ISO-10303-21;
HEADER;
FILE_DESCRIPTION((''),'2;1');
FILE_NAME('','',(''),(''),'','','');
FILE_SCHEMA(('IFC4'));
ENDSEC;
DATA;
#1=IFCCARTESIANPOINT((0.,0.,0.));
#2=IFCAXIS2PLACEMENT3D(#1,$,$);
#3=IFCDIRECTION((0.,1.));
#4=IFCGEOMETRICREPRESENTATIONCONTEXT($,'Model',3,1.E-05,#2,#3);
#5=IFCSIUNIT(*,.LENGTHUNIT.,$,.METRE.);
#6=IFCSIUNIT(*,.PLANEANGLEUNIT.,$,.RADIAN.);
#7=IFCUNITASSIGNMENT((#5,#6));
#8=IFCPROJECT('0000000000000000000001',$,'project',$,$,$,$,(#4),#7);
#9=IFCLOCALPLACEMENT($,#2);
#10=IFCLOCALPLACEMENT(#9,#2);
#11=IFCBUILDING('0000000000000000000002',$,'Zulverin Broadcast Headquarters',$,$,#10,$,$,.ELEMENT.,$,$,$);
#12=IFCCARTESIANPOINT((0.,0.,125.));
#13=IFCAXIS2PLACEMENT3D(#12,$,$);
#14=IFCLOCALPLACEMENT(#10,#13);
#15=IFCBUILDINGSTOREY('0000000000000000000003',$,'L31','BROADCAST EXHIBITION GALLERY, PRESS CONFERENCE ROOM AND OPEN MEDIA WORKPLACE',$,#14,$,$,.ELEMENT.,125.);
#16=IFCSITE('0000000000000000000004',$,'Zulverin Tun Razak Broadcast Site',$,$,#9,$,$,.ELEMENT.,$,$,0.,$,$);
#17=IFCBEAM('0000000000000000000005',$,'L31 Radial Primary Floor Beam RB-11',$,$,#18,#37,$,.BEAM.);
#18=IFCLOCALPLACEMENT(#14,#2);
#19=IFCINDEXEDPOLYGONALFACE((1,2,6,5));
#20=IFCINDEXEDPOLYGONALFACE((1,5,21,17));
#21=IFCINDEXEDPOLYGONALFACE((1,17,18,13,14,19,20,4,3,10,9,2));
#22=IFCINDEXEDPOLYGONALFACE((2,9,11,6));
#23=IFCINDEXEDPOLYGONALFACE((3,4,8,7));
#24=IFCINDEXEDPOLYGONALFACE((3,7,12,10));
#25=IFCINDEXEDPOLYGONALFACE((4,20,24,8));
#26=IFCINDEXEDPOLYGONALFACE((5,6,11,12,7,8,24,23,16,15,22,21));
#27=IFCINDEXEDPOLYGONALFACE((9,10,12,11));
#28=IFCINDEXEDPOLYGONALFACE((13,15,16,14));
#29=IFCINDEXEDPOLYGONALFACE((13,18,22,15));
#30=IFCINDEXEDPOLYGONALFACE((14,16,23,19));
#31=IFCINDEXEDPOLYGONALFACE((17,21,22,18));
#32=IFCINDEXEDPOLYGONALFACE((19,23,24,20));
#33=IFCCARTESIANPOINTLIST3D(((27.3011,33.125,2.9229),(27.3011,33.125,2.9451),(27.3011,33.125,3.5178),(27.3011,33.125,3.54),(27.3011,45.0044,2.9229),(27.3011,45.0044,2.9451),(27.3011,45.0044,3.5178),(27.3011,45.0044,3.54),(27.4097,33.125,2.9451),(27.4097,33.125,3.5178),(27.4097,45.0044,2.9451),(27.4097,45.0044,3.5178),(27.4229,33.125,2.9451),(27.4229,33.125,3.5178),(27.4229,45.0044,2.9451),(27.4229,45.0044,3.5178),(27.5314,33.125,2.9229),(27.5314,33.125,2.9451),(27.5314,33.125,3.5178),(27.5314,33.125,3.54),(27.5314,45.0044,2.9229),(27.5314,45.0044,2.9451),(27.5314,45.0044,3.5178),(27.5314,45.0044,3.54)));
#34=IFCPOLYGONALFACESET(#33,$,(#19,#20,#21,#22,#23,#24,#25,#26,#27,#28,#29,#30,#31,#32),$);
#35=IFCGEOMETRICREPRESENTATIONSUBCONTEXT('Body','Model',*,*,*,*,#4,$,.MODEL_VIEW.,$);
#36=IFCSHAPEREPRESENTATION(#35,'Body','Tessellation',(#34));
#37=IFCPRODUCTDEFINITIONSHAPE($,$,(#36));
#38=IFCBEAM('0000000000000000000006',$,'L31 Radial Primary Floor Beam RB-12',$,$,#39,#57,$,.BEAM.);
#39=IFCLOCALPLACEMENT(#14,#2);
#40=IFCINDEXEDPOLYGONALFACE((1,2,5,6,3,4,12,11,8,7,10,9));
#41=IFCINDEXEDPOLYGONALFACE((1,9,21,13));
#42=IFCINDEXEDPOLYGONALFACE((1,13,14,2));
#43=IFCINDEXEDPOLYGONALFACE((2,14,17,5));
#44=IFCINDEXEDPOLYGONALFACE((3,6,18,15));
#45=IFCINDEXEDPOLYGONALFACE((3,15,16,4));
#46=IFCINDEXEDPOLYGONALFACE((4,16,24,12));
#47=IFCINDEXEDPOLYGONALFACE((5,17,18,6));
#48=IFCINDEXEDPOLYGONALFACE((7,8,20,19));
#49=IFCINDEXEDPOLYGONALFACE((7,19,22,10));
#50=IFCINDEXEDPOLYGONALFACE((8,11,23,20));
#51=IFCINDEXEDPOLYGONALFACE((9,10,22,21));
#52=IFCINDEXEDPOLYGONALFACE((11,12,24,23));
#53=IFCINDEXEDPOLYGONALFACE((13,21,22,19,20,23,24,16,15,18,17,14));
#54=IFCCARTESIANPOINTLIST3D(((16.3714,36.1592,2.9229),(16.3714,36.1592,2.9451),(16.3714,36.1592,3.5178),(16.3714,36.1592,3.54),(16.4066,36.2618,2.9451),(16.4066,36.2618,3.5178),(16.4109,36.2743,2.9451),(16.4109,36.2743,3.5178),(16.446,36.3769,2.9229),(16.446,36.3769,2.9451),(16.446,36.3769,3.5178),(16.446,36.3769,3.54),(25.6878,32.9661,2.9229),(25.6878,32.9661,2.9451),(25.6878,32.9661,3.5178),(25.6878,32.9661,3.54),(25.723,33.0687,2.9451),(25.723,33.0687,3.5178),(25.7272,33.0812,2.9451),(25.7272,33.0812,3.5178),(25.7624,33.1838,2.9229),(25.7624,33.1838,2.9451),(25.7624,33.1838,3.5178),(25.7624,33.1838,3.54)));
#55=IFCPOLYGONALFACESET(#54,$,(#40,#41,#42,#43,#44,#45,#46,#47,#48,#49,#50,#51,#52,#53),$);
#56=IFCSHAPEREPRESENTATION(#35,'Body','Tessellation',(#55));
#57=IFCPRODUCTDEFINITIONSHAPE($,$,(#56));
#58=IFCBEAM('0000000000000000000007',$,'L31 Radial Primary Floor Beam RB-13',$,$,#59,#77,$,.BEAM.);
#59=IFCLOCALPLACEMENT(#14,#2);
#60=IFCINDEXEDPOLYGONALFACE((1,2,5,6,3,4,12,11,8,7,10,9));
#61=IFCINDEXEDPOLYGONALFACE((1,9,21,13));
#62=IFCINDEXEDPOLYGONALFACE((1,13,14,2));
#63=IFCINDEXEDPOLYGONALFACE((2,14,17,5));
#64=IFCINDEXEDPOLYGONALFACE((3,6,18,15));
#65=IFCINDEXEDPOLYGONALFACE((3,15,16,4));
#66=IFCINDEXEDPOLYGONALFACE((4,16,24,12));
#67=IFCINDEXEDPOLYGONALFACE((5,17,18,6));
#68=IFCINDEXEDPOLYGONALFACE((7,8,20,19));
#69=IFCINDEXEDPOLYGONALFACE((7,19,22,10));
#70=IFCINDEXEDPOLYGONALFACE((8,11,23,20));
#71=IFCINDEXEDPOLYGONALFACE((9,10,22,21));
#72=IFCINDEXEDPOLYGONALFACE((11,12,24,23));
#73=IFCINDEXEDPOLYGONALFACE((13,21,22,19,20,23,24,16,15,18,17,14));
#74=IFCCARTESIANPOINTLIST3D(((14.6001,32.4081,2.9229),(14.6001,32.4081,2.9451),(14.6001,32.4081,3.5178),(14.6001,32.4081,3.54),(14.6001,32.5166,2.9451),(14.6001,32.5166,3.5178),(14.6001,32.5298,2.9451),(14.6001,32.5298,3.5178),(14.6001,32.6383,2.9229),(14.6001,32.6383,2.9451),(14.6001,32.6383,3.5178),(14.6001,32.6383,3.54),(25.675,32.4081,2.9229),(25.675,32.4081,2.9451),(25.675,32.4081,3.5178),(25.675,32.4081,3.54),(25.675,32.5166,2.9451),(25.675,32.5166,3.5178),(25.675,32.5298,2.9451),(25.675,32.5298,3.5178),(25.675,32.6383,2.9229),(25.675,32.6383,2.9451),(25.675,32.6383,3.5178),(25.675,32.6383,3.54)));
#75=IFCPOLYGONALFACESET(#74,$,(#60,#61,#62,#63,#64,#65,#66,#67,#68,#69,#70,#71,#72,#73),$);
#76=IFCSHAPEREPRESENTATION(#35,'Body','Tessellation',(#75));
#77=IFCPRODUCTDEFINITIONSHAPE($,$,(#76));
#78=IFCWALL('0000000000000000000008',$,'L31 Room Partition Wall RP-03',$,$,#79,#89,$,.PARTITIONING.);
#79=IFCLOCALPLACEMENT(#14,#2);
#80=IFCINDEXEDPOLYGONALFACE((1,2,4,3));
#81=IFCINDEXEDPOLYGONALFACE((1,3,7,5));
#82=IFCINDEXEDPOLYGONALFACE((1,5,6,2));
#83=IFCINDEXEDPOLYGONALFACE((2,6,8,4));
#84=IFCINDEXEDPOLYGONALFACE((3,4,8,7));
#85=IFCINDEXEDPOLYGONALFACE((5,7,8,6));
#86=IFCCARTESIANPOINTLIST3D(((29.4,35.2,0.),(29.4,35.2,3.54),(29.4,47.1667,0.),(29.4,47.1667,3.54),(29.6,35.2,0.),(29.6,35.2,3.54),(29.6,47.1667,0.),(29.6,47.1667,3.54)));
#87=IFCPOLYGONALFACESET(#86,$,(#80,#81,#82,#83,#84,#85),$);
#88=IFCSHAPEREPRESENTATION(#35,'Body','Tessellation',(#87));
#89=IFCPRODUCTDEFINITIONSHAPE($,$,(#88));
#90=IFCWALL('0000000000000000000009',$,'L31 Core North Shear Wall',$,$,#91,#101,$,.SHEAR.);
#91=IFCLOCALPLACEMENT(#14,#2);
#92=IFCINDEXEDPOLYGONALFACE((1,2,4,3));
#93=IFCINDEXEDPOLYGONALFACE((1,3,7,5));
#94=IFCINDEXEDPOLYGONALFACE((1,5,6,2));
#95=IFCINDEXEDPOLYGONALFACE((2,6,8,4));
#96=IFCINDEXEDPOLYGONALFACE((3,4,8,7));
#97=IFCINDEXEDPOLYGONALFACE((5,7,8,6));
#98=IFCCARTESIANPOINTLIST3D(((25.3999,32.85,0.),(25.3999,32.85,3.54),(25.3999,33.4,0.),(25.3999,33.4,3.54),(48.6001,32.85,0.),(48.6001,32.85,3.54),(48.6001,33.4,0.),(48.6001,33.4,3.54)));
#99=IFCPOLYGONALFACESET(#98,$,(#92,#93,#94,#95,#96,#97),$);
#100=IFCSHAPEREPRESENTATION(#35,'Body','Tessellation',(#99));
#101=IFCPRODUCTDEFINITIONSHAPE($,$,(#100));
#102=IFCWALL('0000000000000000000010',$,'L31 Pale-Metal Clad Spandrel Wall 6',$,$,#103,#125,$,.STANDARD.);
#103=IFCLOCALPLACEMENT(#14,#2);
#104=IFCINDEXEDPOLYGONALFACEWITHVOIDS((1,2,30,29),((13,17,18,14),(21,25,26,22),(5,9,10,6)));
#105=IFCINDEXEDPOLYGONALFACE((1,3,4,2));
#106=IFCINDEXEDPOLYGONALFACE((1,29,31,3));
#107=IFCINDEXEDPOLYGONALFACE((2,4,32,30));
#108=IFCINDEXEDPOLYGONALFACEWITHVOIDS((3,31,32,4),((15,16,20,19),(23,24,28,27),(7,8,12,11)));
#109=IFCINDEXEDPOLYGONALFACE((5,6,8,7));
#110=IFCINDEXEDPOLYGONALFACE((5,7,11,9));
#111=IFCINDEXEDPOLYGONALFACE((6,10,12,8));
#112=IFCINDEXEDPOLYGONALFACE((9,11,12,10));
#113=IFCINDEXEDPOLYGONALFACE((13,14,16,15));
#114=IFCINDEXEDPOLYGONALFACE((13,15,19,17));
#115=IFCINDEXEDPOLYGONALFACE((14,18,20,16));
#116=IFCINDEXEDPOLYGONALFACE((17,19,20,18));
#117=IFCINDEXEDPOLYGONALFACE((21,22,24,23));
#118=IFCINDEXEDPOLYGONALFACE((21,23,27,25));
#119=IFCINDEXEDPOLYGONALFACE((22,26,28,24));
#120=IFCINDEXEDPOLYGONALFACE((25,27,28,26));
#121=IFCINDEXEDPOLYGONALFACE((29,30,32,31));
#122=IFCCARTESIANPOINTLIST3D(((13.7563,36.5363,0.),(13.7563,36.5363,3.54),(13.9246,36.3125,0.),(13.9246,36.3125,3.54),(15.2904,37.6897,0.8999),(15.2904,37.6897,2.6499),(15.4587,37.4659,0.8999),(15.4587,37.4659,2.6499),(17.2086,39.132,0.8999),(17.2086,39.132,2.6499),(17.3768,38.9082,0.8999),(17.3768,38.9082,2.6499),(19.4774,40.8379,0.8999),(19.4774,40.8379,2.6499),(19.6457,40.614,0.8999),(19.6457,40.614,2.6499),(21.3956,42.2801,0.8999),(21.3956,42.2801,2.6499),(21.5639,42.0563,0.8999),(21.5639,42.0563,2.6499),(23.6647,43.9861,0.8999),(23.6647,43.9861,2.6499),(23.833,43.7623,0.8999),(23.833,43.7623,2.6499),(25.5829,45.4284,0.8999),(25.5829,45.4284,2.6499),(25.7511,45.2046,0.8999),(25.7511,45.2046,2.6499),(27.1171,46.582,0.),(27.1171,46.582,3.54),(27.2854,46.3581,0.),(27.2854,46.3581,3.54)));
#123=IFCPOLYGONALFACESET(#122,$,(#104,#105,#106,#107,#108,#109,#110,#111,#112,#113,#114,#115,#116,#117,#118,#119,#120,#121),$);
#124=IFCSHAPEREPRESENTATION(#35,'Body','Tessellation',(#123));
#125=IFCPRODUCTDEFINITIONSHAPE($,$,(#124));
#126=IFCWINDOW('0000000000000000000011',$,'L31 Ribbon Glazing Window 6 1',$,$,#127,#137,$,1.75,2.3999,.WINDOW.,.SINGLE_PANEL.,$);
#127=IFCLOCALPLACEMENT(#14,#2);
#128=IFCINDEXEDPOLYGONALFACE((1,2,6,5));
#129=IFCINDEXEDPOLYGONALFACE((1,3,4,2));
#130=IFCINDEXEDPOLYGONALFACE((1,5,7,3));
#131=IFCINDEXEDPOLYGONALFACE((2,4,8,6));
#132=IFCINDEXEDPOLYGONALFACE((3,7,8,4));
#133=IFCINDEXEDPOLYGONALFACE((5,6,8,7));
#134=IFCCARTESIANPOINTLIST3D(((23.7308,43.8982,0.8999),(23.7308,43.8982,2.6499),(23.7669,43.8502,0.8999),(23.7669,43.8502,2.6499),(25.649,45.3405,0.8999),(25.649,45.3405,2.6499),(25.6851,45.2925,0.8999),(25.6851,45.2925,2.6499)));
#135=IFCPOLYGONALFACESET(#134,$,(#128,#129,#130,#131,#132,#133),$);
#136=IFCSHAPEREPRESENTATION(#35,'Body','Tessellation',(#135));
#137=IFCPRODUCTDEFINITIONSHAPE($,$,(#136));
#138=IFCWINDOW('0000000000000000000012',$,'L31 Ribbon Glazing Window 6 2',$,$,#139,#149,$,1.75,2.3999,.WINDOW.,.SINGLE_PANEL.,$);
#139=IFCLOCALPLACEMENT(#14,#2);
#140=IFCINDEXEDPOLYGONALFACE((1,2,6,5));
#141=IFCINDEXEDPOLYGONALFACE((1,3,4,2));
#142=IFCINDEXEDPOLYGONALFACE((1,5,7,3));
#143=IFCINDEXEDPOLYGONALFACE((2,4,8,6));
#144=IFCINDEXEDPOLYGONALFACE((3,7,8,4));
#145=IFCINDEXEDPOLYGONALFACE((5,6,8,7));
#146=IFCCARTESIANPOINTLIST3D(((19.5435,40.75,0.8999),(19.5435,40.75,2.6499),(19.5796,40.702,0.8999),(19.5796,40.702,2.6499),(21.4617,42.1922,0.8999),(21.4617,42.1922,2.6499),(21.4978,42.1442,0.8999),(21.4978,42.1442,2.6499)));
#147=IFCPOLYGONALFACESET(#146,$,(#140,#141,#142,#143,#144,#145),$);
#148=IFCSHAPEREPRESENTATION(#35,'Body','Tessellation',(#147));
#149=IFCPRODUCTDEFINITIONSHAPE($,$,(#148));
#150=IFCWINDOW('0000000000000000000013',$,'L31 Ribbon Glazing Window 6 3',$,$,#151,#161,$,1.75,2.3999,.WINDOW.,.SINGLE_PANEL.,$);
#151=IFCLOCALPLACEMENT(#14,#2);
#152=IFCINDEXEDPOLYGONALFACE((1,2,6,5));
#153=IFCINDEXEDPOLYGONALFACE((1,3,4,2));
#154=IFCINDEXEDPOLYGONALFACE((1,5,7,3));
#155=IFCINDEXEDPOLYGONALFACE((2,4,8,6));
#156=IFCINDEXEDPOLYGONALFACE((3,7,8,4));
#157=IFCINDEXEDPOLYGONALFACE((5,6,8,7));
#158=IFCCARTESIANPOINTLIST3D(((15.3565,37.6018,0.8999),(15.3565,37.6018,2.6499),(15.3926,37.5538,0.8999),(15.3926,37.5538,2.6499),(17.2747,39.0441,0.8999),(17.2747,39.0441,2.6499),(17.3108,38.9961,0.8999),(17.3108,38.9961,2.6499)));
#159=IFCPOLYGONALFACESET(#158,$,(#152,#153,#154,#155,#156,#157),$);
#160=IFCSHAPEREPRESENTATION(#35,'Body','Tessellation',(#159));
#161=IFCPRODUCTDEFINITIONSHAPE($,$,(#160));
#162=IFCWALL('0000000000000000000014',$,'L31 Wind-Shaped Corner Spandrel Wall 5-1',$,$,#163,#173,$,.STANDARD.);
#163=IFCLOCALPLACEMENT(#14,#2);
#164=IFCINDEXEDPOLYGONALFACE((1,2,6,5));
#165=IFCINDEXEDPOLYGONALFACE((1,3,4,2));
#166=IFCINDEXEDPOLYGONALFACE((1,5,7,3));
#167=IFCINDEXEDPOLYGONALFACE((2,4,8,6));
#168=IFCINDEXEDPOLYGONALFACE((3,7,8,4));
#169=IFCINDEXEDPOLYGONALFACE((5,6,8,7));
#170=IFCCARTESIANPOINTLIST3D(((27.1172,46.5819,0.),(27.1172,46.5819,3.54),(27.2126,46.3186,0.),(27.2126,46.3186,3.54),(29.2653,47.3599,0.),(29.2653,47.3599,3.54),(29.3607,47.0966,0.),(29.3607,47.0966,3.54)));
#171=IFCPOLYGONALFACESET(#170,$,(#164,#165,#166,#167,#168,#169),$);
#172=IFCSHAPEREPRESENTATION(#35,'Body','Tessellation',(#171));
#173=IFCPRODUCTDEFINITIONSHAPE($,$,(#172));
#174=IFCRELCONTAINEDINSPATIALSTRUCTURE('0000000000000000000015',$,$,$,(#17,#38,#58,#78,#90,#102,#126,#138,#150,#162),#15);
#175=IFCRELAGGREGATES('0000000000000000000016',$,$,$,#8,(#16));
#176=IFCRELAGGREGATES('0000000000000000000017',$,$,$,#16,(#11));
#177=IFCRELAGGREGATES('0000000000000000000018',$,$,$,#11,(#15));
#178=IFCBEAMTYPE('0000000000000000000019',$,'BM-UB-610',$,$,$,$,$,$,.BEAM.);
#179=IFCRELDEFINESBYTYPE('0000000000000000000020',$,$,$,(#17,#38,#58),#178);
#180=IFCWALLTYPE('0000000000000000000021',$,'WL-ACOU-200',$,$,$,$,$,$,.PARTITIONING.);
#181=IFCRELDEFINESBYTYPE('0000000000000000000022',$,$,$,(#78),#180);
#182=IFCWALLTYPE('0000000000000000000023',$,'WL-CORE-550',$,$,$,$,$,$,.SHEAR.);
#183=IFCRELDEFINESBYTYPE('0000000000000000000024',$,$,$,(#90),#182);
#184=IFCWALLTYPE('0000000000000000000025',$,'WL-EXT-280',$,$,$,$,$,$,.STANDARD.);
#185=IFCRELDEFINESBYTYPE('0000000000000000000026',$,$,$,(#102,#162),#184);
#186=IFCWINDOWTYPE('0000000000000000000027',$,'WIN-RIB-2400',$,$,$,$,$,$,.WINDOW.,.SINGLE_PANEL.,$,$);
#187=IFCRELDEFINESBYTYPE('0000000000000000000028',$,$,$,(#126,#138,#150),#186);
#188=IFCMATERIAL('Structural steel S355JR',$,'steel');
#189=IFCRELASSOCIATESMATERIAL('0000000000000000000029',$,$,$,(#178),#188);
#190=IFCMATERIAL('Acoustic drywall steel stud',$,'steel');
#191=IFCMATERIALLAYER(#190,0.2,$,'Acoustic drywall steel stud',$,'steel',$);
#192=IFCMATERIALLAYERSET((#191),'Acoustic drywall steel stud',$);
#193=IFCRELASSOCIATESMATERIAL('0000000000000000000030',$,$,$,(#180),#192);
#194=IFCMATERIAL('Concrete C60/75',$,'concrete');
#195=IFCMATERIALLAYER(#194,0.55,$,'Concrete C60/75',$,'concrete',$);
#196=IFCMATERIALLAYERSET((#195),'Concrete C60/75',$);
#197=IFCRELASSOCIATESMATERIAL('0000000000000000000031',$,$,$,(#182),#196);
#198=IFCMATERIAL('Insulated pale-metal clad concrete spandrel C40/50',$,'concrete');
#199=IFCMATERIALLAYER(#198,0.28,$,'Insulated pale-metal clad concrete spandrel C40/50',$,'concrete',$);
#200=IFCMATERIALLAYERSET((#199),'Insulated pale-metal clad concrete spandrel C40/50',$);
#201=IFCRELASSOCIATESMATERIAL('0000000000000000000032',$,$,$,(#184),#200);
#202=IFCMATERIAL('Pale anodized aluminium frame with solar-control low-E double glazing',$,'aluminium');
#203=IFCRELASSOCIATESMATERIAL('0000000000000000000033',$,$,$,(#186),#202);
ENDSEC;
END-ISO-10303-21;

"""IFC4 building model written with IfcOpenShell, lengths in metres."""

from ifc_helpers import new_model, si_unit, direction, frame, frame_2d, origin, origin_2d, place, context, subcontext, project, spatial, rectangle, i_section, extrude, material, layer, layer_set, material_profile, profile_set, type_object, element, fill, save


model = new_model("IFC4")

# Units and contexts
model_context = context("Model", 3, precision=1e-05, world=origin(), true_north=direction((0.0, 1.0)))
body_context = subcontext(model_context, "Body", "Model", "MODEL_VIEW")
ifc_project = project(units=[si_unit("LENGTHUNIT", "METRE"), si_unit("PLANEANGLEUNIT", "RADIAN")], contexts=[model_context])

# Site, building, storey
site_placement = place(None, origin())
site = spatial("IfcSite", under=ifc_project, at=site_placement, Name="Zulverin Tun Razak Broadcast Site", CompositionType="ELEMENT", RefElevation=0.0)
building_placement = place(site_placement, origin())
building = spatial("IfcBuilding", under=site, at=building_placement, Name="Zulverin Broadcast Headquarters", CompositionType="ELEMENT")
storey_placement = place(building_placement, frame((0.0, 0.0, 125.0)))
storey = spatial("IfcBuildingStorey", under=building, at=storey_placement, Name="L31", Description="BROADCAST EXHIBITION GALLERY, PRESS CONFERENCE ROOM AND OPEN MEDIA WORKPLACE", CompositionType="ELEMENT", Elevation=125.0)

# Shared definitions
ifc_material_1 = material(Name="Concrete C60/75", Category="concrete")

# Beams
ifc_material_2 = material(Name="Structural steel S355JR", Category="steel")
ifc_material_profile_1 = material_profile(ifc_material_2, i_section(OverallWidth=0.2302, OverallDepth=0.6172, WebThickness=0.0132, FlangeThickness=0.0222, at=origin_2d()), Name="Structural steel S355JR", Category="steel")
ifc_profile_set_1 = profile_set([ifc_material_profile_1], Name="Structural steel S355JR")
beam_type_1 = type_object("IfcBeamType", Name="BM-UB-610", PredefinedType="BEAM", material=ifc_profile_set_1)
beam_1_placement = place(storey_placement, frame((27.4163, 33.125, 3.2314), z_axis=(0.0, 1.0, 0.0), x_axis=(-1.0, 0.0, 0.0)))
element("IfcBeam", 1, at=beam_1_placement, inside=storey, type_object=beam_type_1, Name="L31 Radial Primary Floor Beam RB-11", PredefinedType="BEAM", context=body_context, shape_type="SweptSolid", body=[
    extrude(i_section(OverallWidth=0.2302, OverallDepth=0.6172, WebThickness=0.0132, FlangeThickness=0.0222, at=origin_2d()), origin(), (0.0, 0.0, 1.0), 11.8794),
])
beam_2_placement = place(storey_placement, frame((25.7251, 33.075, 3.2314), z_axis=(-0.94598, 0.324226, 0.0), x_axis=(-0.324226, -0.94598, 0.0)))
element("IfcBeam", 2, at=beam_2_placement, inside=storey, type_object=beam_type_1, Name="L31 Radial Primary Floor Beam RB-12", PredefinedType="BEAM", context=body_context, shape_type="SweptSolid", body=[
    extrude(i_section(OverallWidth=0.2302, OverallDepth=0.6172, WebThickness=0.0132, FlangeThickness=0.0222, at=origin_2d()), origin(), (0.0, 0.0, 1.0), 9.8484),
])
beam_3_placement = place(storey_placement, frame((25.675, 32.5232, 3.2314), z_axis=(-1.0, 0.0, 0.0), x_axis=(0.0, -1.0, 0.0)))
element("IfcBeam", 3, at=beam_3_placement, inside=storey, type_object=beam_type_1, Name="L31 Radial Primary Floor Beam RB-13", PredefinedType="BEAM", context=body_context, shape_type="SweptSolid", body=[
    extrude(i_section(OverallWidth=0.2302, OverallDepth=0.6172, WebThickness=0.0132, FlangeThickness=0.0222, at=origin_2d()), origin(), (0.0, 0.0, 1.0), 11.075),
])

# Walls
ifc_material_3 = material(Name="Acoustic drywall steel stud", Category="steel")
ifc_layer_1 = layer(ifc_material_3, 0.2, Name="Acoustic drywall steel stud", Category="steel")
ifc_layer_set_1 = layer_set([ifc_layer_1], Name="Acoustic drywall steel stud")
wall_type_1 = type_object("IfcWallType", Name="WL-ACOU-200", PredefinedType="PARTITIONING", material=ifc_layer_set_1)
wall_1_placement = place(storey_placement, frame((29.5, 35.2, 0.0), z_axis=(0.0, 0.0, 1.0), x_axis=(0.0, 1.0, 0.0)))
element("IfcWall", 4, at=wall_1_placement, inside=storey, type_object=wall_type_1, Name="L31 Room Partition Wall RP-03", PredefinedType="PARTITIONING", context=body_context, shape_type="SweptSolid", body=[
    extrude(rectangle(XDim=11.9668, YDim=0.2, at=frame_2d((5.9834, 0.0))), origin(), (0.0, 0.0, 1.0), 3.54),
])
ifc_layer_2 = layer(ifc_material_1, 0.55, Name="Concrete C60/75", Category="concrete")
ifc_layer_set_2 = layer_set([ifc_layer_2], Name="Concrete C60/75")
wall_type_2 = type_object("IfcWallType", Name="WL-CORE-550", PredefinedType="SHEAR", material=ifc_layer_set_2)
wall_2_placement = place(storey_placement, frame((25.3999, 33.125, 0.0), z_axis=(0.0, 0.0, 1.0), x_axis=(1.0, 0.0, 0.0)))
element("IfcWall", 5, at=wall_2_placement, inside=storey, type_object=wall_type_2, Name="L31 Core North Shear Wall", PredefinedType="SHEAR", context=body_context, shape_type="SweptSolid", body=[
    extrude(rectangle(XDim=23.2002, YDim=0.55, at=frame_2d((11.6001, 0.0))), origin(), (0.0, 0.0, 1.0), 3.54),
])

# Wall, openings, windows
ifc_material_4 = material(Name="Insulated pale-metal clad concrete spandrel C40/50", Category="concrete")
ifc_layer_3 = layer(ifc_material_4, 0.28, Name="Insulated pale-metal clad concrete spandrel C40/50", Category="concrete")
ifc_layer_set_3 = layer_set([ifc_layer_3], Name="Insulated pale-metal clad concrete spandrel C40/50")
wall_type_3 = type_object("IfcWallType", Name="WL-EXT-280", PredefinedType="STANDARD", material=ifc_layer_set_3)
wall_3_placement = place(storey_placement, frame((27.2012, 46.47, 0.0), z_axis=(0.0, 0.0, 1.0), x_axis=(-0.799281, -0.600958, 0.0)))
wall_3 = element("IfcWall", 6, at=wall_3_placement, inside=storey, type_object=wall_type_3, Name="L31 Pale-Metal Clad Spandrel Wall 6", PredefinedType="STANDARD", context=body_context, shape_type="SweptSolid", body=[
    extrude(rectangle(XDim=16.7161, YDim=0.28, at=frame_2d((8.3579, 0.0))), origin(), (0.0, 0.0, 1.0), 3.54),
])
opening_1_placement = place(wall_3_placement, frame((1.9194, 0.0, 0.8999)))
opening_1 = element("IfcOpeningElement", 7, at=opening_1_placement, cuts=wall_3, PredefinedType="OPENING", context=body_context, shape_type="SweptSolid", body=[
    extrude(rectangle(XDim=2.3999, YDim=1.75, at=frame_2d((1.2, 0.875))), frame((0.0, 0.1499, 0.0), z_axis=(0.0, -1.0, 0.0), x_axis=(1.0, 0.0, 0.0)), (0.0, 0.0, 1.0), 0.3),
])
opening_2_placement = place(wall_3_placement, frame((7.1582, 0.0, 0.8999)))
opening_2 = element("IfcOpeningElement", 8, at=opening_2_placement, cuts=wall_3, PredefinedType="OPENING", context=body_context, shape_type="SweptSolid", body=[
    extrude(rectangle(XDim=2.3999, YDim=1.75, at=frame_2d((1.2, 0.875))), frame((0.0, 0.1499, 0.0), z_axis=(0.0, -1.0, 0.0), x_axis=(1.0, 0.0, 0.0)), (0.0, 0.0, 1.0), 0.3),
])
opening_3_placement = place(wall_3_placement, frame((12.3967, 0.0, 0.8999)))
opening_3 = element("IfcOpeningElement", 9, at=opening_3_placement, cuts=wall_3, PredefinedType="OPENING", context=body_context, shape_type="SweptSolid", body=[
    extrude(rectangle(XDim=2.3999, YDim=1.75, at=frame_2d((1.2, 0.875))), frame((0.0, 0.1499, 0.0), z_axis=(0.0, -1.0, 0.0), x_axis=(1.0, 0.0, 0.0)), (0.0, 0.0, 1.0), 0.3),
])
ifc_material_5 = material(Name="Pale anodized aluminium frame with solar-control low-E double glazing", Category="aluminium")
window_type = type_object("IfcWindowType", Name="WIN-RIB-2400", PartitioningType="SINGLE_PANEL", PredefinedType="WINDOW", material=ifc_material_5)
window_1_placement = place(opening_1_placement, origin())
window_1 = element("IfcWindow", 10, at=window_1_placement, inside=storey, type_object=window_type, Name="L31 Ribbon Glazing Window 6 1", OverallHeight=1.75, OverallWidth=2.3999, PartitioningType="SINGLE_PANEL", PredefinedType="WINDOW", context=body_context, shape_type="SweptSolid", body=[
    extrude(rectangle(XDim=2.3999, YDim=1.75, at=frame_2d((1.2, 0.875))), frame((0.0, 0.03, 0.0), z_axis=(0.0, -1.0, 0.0), x_axis=(1.0, 0.0, 0.0)), (0.0, 0.0, 1.0), 0.0601),
])
fill(opening_1, window_1)
window_2_placement = place(opening_2_placement, origin())
window_2 = element("IfcWindow", 11, at=window_2_placement, inside=storey, type_object=window_type, Name="L31 Ribbon Glazing Window 6 2", OverallHeight=1.75, OverallWidth=2.3999, PartitioningType="SINGLE_PANEL", PredefinedType="WINDOW", context=body_context, shape_type="SweptSolid", body=[
    extrude(rectangle(XDim=2.3999, YDim=1.75, at=frame_2d((1.2, 0.875))), frame((0.0, 0.03, 0.0), z_axis=(0.0, -1.0, 0.0), x_axis=(1.0, 0.0, 0.0)), (0.0, 0.0, 1.0), 0.0601),
])
fill(opening_2, window_2)
window_3_placement = place(opening_3_placement, origin())
window_3 = element("IfcWindow", 12, at=window_3_placement, inside=storey, type_object=window_type, Name="L31 Ribbon Glazing Window 6 3", OverallHeight=1.75, OverallWidth=2.3999, PartitioningType="SINGLE_PANEL", PredefinedType="WINDOW", context=body_context, shape_type="SweptSolid", body=[
    extrude(rectangle(XDim=2.3999, YDim=1.75, at=frame_2d((1.2, 0.875))), frame((0.0, 0.03, 0.0), z_axis=(0.0, -1.0, 0.0), x_axis=(1.0, 0.0, 0.0)), (0.0, 0.0, 1.0), 0.0601),
])
fill(opening_3, window_3)

# Wall
wall_4_placement = place(storey_placement, frame((29.313, 47.2283, 0.0), z_axis=(0.0, 0.0, 1.0), x_axis=(-0.940226, -0.34055, 0.0)))
element("IfcWall", 13, at=wall_4_placement, inside=storey, type_object=wall_type_3, Name="L31 Wind-Shaped Corner Spandrel Wall 5-1", PredefinedType="STANDARD", context=body_context, shape_type="SweptSolid", body=[
    extrude(rectangle(XDim=2.2847, YDim=0.28, at=frame_2d((1.1423, 0.0))), origin(), (0.0, 0.0, 1.0), 3.54),
])

save(model, "model.ifc")
